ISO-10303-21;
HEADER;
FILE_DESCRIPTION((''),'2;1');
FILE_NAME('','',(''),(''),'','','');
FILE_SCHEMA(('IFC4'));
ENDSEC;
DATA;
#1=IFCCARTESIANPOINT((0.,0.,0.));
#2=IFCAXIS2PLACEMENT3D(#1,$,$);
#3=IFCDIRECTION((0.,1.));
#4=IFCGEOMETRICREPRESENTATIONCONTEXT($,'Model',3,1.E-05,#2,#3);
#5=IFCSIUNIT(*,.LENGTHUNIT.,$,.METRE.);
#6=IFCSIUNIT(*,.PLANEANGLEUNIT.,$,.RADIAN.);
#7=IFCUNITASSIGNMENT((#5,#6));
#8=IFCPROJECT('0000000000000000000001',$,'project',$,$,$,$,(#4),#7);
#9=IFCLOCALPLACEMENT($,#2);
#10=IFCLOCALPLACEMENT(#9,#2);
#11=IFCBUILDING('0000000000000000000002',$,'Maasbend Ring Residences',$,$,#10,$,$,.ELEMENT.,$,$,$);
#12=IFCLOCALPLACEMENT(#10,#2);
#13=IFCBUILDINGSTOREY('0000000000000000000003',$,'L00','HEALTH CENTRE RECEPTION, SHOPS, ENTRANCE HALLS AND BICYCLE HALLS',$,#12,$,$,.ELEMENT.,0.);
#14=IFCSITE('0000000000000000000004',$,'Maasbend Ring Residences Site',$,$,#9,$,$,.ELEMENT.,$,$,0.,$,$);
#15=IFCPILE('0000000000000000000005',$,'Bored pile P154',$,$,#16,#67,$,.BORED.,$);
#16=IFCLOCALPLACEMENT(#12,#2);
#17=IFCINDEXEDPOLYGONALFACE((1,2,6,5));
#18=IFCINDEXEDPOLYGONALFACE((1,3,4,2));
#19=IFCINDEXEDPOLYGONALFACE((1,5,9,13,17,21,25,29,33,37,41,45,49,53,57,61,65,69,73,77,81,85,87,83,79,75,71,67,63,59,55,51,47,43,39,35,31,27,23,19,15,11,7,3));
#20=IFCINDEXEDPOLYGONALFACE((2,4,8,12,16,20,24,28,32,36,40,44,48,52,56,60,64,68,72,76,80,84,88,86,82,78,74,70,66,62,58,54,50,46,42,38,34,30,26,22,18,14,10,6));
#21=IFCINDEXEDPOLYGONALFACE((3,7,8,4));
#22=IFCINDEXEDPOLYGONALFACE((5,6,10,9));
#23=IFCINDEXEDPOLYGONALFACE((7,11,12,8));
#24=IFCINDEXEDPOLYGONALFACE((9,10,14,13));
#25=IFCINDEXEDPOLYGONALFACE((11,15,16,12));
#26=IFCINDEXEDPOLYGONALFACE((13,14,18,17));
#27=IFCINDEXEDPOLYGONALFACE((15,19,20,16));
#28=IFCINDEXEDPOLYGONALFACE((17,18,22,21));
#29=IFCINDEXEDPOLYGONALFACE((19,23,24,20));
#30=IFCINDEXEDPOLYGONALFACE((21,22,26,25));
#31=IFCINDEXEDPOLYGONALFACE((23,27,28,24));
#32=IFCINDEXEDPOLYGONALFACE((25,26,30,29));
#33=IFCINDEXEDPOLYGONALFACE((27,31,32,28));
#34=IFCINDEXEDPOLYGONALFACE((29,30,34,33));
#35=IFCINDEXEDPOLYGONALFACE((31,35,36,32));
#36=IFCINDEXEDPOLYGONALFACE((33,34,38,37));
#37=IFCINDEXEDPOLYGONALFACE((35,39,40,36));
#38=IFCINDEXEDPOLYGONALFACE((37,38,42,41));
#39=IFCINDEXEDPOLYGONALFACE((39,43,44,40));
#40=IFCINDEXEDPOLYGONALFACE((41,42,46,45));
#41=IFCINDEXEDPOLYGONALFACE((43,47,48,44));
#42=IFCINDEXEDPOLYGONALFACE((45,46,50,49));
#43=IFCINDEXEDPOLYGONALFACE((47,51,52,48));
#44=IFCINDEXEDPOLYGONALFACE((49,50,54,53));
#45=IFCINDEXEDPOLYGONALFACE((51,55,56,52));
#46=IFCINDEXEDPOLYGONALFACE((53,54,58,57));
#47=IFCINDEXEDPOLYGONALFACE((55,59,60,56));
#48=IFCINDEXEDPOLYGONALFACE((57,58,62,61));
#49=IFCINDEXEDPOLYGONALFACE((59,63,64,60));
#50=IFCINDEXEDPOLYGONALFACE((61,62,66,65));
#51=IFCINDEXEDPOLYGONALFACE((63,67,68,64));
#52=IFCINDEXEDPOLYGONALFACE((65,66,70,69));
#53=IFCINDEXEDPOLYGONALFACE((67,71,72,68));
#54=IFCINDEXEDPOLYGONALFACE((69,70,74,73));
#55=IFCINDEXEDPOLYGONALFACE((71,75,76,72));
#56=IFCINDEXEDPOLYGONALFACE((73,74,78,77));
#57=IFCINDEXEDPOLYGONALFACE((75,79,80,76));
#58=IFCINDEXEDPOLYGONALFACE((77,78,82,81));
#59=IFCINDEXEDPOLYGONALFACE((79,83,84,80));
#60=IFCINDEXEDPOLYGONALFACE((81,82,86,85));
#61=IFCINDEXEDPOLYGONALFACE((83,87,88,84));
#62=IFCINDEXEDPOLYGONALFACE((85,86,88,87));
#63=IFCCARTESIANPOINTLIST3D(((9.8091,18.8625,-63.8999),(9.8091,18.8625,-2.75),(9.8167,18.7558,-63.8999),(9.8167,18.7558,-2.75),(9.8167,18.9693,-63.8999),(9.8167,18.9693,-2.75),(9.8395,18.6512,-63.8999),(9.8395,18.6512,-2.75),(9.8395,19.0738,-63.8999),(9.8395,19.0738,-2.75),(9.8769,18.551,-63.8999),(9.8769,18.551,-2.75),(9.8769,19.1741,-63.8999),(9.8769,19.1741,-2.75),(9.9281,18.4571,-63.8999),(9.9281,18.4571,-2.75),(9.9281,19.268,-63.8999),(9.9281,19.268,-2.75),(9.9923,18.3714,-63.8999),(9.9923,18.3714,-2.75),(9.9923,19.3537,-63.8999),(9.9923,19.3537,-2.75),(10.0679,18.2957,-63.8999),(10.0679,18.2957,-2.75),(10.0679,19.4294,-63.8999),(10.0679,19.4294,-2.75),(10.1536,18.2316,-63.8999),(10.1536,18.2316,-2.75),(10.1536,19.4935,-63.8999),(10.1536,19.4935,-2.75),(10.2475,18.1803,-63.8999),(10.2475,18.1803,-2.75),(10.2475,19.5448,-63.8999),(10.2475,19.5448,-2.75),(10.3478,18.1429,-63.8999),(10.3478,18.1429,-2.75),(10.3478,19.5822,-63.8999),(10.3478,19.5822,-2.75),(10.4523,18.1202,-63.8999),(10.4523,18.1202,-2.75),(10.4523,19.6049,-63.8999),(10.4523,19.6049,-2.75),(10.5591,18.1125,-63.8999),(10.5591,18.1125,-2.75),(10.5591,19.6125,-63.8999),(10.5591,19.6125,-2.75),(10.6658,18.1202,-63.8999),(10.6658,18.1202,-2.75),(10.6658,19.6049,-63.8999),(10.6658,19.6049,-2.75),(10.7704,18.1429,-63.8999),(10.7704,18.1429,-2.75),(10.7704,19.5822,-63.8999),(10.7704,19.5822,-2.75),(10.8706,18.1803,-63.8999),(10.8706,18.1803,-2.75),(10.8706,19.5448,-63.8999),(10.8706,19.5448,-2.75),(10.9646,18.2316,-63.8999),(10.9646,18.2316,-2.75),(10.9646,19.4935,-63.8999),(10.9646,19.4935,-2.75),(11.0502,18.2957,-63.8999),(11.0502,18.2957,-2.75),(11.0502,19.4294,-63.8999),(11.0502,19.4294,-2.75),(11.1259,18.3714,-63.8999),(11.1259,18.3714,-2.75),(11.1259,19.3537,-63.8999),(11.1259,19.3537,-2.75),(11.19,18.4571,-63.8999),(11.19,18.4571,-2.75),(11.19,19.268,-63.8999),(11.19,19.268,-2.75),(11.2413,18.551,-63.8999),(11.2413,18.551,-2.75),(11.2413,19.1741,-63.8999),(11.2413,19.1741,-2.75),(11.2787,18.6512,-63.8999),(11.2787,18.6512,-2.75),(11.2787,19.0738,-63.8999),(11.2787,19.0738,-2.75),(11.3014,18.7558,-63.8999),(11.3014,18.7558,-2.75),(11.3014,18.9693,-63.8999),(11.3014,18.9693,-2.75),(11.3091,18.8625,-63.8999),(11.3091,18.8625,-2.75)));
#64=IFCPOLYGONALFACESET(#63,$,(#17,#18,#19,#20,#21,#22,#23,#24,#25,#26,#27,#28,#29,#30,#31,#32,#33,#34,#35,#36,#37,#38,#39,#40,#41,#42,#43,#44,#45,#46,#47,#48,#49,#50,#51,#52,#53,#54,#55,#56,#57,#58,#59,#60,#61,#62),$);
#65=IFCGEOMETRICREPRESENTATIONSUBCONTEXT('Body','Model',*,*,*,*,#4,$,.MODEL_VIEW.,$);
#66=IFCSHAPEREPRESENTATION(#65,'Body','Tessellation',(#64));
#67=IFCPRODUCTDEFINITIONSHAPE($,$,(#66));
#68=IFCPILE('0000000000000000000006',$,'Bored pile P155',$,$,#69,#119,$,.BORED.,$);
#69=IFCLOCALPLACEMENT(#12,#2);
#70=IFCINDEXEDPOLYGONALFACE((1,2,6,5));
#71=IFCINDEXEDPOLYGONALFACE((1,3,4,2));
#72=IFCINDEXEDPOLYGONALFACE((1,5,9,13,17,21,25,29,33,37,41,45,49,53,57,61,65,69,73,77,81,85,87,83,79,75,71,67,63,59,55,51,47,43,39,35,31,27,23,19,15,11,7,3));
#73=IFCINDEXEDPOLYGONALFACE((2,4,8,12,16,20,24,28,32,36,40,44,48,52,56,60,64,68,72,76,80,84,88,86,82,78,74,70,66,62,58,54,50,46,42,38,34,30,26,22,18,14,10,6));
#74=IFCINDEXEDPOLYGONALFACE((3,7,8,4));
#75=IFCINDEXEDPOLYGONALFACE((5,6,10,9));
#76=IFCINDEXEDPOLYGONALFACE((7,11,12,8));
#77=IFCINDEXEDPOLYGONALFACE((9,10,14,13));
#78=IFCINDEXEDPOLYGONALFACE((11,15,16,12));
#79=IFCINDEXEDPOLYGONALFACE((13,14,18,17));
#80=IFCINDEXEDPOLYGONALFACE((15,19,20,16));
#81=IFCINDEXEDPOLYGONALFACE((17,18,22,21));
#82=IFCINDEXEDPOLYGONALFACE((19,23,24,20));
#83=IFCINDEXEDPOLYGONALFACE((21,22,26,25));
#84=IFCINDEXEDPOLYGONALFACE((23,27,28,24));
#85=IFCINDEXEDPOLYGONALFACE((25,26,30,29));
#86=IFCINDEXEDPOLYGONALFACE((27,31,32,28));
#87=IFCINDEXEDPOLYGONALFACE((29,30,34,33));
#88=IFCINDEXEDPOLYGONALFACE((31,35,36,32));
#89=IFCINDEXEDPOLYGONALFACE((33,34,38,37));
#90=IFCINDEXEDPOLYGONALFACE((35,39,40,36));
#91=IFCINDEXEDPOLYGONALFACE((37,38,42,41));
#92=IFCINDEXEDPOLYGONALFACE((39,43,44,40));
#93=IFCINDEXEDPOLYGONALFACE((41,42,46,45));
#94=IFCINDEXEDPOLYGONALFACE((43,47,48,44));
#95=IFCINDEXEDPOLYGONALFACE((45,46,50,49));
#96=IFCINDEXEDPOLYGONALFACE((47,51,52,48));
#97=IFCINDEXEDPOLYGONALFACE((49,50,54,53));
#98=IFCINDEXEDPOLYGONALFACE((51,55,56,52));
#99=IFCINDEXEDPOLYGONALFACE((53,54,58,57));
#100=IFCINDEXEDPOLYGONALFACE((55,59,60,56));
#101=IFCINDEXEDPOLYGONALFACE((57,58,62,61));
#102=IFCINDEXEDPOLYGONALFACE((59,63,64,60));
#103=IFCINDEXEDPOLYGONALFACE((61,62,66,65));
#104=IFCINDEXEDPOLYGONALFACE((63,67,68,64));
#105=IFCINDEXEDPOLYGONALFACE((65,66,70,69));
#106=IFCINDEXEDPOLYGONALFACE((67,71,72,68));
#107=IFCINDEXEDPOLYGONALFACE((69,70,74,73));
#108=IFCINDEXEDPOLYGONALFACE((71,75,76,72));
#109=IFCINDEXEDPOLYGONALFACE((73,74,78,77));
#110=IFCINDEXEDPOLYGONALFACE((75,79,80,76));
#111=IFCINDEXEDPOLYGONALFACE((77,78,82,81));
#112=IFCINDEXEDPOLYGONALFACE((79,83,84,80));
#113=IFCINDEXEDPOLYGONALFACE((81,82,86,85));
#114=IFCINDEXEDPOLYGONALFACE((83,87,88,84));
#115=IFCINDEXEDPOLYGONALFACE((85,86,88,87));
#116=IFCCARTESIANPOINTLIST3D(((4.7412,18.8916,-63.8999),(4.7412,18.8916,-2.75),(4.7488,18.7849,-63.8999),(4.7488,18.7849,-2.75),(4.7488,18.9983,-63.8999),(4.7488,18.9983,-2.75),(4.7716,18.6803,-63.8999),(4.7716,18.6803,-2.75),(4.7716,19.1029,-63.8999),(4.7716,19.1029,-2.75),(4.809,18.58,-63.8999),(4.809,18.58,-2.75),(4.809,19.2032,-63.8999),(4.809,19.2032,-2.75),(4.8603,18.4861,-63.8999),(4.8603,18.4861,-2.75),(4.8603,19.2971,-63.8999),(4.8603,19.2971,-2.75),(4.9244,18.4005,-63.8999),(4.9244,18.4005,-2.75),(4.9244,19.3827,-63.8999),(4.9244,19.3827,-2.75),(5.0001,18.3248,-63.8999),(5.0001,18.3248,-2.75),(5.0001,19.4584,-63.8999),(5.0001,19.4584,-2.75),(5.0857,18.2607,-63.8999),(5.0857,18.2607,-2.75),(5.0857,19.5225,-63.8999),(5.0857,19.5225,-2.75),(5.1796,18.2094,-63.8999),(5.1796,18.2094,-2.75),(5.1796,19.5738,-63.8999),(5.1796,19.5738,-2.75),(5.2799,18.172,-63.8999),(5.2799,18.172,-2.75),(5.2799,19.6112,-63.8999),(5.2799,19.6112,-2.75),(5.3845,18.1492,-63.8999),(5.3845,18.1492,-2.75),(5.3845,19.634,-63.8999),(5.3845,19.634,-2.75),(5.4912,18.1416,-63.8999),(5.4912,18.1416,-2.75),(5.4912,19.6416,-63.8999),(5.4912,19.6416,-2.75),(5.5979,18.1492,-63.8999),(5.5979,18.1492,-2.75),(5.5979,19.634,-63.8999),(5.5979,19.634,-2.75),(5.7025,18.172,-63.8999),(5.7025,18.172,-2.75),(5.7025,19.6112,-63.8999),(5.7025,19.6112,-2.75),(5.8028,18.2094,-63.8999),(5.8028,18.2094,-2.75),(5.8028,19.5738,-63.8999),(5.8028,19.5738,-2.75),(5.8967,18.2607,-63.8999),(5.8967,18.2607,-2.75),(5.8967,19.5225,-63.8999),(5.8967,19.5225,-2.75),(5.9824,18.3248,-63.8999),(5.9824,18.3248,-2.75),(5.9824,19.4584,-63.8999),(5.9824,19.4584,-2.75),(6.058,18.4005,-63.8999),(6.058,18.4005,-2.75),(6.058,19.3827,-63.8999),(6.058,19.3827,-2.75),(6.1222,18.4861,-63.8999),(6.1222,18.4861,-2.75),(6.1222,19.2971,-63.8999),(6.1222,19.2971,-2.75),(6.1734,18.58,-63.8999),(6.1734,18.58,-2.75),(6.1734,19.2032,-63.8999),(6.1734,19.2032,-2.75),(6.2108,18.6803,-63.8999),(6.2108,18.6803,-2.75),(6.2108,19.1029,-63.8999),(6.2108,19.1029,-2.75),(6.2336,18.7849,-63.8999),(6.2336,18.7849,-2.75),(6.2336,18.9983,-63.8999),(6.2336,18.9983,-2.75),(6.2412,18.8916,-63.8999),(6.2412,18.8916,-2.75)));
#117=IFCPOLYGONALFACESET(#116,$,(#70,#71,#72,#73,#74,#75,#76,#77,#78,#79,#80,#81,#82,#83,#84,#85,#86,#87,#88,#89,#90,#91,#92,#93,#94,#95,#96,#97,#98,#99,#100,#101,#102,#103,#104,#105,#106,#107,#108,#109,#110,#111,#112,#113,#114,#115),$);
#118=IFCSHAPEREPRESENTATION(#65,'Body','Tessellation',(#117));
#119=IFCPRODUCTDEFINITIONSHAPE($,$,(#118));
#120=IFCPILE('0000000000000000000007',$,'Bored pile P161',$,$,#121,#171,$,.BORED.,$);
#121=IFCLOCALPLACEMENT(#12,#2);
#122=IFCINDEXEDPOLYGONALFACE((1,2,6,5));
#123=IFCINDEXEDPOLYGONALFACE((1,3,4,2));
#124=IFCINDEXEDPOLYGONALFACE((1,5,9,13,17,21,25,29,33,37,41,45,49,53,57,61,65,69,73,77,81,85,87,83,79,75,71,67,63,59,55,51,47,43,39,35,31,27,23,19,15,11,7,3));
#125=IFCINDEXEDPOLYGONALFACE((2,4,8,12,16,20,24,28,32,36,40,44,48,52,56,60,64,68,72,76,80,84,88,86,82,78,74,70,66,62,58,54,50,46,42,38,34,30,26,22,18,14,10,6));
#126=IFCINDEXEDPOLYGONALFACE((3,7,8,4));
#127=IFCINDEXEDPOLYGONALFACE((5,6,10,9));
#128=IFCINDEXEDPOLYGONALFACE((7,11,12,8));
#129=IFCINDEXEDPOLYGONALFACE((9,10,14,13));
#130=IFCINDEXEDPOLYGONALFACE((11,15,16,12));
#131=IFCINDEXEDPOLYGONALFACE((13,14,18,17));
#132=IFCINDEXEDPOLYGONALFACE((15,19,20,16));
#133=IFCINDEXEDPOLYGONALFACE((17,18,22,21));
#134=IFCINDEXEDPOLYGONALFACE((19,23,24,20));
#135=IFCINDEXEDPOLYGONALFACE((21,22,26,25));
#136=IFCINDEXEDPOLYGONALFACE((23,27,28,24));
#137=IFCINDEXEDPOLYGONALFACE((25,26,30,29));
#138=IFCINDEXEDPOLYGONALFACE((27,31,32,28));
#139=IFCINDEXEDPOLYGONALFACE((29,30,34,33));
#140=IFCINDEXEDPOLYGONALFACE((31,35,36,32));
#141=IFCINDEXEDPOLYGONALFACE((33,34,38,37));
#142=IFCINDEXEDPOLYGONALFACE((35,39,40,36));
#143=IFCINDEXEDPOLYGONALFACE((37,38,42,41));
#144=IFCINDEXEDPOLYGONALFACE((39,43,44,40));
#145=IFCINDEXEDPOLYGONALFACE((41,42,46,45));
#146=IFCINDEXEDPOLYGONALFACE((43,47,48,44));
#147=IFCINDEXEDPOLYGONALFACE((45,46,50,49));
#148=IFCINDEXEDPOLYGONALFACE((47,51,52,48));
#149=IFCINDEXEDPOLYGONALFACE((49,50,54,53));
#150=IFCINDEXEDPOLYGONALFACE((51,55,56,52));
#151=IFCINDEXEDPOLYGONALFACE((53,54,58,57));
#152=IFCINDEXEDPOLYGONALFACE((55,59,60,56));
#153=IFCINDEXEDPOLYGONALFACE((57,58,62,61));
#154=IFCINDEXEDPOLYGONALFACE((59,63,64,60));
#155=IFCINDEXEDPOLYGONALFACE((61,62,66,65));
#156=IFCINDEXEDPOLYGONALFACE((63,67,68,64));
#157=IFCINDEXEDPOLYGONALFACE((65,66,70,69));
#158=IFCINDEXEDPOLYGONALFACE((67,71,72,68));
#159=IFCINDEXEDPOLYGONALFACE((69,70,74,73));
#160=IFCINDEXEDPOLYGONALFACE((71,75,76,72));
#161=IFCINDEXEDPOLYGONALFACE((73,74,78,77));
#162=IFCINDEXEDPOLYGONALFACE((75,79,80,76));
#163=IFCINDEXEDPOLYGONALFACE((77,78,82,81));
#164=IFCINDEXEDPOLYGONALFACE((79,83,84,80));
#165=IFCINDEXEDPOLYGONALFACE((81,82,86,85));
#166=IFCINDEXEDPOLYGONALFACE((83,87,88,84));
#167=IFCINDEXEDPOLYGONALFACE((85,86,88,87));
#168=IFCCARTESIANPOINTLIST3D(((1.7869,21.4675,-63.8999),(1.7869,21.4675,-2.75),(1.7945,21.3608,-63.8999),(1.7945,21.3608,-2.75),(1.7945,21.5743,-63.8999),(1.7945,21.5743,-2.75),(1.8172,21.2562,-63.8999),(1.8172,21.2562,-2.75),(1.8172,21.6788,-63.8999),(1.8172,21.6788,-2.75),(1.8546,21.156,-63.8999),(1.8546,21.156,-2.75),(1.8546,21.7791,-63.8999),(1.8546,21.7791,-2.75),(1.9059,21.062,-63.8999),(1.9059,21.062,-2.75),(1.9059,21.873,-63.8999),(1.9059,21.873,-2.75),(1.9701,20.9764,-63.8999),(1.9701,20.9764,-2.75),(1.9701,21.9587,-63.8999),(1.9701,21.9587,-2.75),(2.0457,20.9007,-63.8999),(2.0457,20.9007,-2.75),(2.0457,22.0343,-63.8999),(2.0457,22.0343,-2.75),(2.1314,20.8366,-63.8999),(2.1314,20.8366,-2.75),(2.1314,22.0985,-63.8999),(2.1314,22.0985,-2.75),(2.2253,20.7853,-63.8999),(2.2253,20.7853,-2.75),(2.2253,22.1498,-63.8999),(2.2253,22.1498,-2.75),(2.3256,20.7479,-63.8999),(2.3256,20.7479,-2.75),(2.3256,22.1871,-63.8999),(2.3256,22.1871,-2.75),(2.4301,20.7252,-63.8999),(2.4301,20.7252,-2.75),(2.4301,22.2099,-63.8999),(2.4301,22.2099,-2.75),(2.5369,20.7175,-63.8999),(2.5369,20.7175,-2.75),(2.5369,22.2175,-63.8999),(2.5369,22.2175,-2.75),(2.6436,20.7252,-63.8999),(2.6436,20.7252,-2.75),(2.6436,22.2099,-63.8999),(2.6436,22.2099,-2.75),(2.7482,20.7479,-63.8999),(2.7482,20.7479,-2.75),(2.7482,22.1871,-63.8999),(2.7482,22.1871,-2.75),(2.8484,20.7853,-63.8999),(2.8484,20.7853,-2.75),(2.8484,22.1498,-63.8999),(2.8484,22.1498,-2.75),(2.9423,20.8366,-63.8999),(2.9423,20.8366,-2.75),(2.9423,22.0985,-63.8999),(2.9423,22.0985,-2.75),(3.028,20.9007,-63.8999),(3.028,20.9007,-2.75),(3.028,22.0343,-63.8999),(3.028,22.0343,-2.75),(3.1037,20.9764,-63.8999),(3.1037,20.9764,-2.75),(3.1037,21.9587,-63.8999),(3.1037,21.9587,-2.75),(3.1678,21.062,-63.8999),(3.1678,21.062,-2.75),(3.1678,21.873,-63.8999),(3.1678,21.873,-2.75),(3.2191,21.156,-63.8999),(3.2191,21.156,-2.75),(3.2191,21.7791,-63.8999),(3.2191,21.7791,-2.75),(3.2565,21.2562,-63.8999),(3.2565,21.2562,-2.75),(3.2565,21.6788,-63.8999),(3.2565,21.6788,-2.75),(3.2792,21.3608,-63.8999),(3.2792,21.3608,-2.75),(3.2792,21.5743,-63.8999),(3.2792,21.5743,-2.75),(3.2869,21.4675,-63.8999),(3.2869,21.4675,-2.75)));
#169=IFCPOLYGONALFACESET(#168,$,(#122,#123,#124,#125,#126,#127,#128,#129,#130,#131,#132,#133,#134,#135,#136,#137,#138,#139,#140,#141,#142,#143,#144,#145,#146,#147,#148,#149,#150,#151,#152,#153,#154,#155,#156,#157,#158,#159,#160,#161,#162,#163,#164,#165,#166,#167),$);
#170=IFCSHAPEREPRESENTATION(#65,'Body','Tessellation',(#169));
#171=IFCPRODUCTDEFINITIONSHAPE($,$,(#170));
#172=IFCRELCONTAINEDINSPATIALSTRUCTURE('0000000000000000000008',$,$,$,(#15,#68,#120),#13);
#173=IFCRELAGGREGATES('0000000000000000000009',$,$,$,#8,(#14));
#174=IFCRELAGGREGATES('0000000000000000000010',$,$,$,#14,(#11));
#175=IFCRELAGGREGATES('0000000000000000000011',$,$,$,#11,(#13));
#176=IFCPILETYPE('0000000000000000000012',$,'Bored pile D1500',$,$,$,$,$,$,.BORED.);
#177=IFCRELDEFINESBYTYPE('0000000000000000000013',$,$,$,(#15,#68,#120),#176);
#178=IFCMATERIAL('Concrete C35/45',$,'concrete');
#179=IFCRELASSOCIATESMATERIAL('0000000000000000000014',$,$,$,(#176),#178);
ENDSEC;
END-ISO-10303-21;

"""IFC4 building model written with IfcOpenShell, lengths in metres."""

from ifc_helpers import new_model, si_unit, direction, frame, origin, origin_2d, place, context, subcontext, project, spatial, circle, extrude, material, material_profile, profile_set, type_object, element, save


model = new_model("IFC4")

# Units and contexts
model_context = context("Model", 3, precision=1e-05, world=origin(), true_north=direction((0.0, 1.0)))
body_context = subcontext(model_context, "Body", "Model", "MODEL_VIEW")
ifc_project = project(units=[si_unit("LENGTHUNIT", "METRE"), si_unit("PLANEANGLEUNIT", "RADIAN")], contexts=[model_context])

# Site, building, storey
site_placement = place(None, origin())
site = spatial("IfcSite", under=ifc_project, at=site_placement, Name="Maasbend Ring Residences Site", CompositionType="ELEMENT", RefElevation=0.0)
building_placement = place(site_placement, origin())
building = spatial("IfcBuilding", under=site, at=building_placement, Name="Maasbend Ring Residences", CompositionType="ELEMENT")
storey_placement = place(building_placement, origin())
storey = spatial("IfcBuildingStorey", under=building, at=storey_placement, Name="L00", Description="HEALTH CENTRE RECEPTION, SHOPS, ENTRANCE HALLS AND BICYCLE HALLS", CompositionType="ELEMENT", Elevation=0.0)

# Piles
ifc_material_1 = material(Name="Concrete C35/45", Category="concrete")
ifc_material_profile_1 = material_profile(ifc_material_1, circle(Radius=0.75, at=origin_2d()), Name="Bored pile D1500")
ifc_profile_set_1 = profile_set([ifc_material_profile_1], Name="Concrete C35/45")
pile_type = type_object("IfcPileType", Name="Bored pile D1500", PredefinedType="BORED", material=ifc_profile_set_1)
for number, where, z_axis, x_axis, name in (
    (1, (10.5591, 18.8625, -2.75), (0.0, 0.0, -1.0), (1.0, 0.0, 0.0), "Bored pile P154"),
    (2, (5.4912, 18.8916, -2.75), (0.0, 0.0, -1.0), (1.0, 0.0, 0.0), "Bored pile P155"),
    (3, (2.5369, 21.4675, -2.75), (0.0, 0.0, -1.0), (1.0, 0.0, 0.0), "Bored pile P161"),
):
    element("IfcPile", number, at=place(storey_placement, frame(where, z_axis=z_axis, x_axis=x_axis)), inside=storey, type_object=pile_type, Name=name, PredefinedType="BORED", context=body_context, shape_type="SweptSolid", body=[
        extrude(circle(Radius=0.75, at=origin_2d()), origin(), (0.0, 0.0, 1.0), 61.1499),
    ])

save(model, "model.ifc")
